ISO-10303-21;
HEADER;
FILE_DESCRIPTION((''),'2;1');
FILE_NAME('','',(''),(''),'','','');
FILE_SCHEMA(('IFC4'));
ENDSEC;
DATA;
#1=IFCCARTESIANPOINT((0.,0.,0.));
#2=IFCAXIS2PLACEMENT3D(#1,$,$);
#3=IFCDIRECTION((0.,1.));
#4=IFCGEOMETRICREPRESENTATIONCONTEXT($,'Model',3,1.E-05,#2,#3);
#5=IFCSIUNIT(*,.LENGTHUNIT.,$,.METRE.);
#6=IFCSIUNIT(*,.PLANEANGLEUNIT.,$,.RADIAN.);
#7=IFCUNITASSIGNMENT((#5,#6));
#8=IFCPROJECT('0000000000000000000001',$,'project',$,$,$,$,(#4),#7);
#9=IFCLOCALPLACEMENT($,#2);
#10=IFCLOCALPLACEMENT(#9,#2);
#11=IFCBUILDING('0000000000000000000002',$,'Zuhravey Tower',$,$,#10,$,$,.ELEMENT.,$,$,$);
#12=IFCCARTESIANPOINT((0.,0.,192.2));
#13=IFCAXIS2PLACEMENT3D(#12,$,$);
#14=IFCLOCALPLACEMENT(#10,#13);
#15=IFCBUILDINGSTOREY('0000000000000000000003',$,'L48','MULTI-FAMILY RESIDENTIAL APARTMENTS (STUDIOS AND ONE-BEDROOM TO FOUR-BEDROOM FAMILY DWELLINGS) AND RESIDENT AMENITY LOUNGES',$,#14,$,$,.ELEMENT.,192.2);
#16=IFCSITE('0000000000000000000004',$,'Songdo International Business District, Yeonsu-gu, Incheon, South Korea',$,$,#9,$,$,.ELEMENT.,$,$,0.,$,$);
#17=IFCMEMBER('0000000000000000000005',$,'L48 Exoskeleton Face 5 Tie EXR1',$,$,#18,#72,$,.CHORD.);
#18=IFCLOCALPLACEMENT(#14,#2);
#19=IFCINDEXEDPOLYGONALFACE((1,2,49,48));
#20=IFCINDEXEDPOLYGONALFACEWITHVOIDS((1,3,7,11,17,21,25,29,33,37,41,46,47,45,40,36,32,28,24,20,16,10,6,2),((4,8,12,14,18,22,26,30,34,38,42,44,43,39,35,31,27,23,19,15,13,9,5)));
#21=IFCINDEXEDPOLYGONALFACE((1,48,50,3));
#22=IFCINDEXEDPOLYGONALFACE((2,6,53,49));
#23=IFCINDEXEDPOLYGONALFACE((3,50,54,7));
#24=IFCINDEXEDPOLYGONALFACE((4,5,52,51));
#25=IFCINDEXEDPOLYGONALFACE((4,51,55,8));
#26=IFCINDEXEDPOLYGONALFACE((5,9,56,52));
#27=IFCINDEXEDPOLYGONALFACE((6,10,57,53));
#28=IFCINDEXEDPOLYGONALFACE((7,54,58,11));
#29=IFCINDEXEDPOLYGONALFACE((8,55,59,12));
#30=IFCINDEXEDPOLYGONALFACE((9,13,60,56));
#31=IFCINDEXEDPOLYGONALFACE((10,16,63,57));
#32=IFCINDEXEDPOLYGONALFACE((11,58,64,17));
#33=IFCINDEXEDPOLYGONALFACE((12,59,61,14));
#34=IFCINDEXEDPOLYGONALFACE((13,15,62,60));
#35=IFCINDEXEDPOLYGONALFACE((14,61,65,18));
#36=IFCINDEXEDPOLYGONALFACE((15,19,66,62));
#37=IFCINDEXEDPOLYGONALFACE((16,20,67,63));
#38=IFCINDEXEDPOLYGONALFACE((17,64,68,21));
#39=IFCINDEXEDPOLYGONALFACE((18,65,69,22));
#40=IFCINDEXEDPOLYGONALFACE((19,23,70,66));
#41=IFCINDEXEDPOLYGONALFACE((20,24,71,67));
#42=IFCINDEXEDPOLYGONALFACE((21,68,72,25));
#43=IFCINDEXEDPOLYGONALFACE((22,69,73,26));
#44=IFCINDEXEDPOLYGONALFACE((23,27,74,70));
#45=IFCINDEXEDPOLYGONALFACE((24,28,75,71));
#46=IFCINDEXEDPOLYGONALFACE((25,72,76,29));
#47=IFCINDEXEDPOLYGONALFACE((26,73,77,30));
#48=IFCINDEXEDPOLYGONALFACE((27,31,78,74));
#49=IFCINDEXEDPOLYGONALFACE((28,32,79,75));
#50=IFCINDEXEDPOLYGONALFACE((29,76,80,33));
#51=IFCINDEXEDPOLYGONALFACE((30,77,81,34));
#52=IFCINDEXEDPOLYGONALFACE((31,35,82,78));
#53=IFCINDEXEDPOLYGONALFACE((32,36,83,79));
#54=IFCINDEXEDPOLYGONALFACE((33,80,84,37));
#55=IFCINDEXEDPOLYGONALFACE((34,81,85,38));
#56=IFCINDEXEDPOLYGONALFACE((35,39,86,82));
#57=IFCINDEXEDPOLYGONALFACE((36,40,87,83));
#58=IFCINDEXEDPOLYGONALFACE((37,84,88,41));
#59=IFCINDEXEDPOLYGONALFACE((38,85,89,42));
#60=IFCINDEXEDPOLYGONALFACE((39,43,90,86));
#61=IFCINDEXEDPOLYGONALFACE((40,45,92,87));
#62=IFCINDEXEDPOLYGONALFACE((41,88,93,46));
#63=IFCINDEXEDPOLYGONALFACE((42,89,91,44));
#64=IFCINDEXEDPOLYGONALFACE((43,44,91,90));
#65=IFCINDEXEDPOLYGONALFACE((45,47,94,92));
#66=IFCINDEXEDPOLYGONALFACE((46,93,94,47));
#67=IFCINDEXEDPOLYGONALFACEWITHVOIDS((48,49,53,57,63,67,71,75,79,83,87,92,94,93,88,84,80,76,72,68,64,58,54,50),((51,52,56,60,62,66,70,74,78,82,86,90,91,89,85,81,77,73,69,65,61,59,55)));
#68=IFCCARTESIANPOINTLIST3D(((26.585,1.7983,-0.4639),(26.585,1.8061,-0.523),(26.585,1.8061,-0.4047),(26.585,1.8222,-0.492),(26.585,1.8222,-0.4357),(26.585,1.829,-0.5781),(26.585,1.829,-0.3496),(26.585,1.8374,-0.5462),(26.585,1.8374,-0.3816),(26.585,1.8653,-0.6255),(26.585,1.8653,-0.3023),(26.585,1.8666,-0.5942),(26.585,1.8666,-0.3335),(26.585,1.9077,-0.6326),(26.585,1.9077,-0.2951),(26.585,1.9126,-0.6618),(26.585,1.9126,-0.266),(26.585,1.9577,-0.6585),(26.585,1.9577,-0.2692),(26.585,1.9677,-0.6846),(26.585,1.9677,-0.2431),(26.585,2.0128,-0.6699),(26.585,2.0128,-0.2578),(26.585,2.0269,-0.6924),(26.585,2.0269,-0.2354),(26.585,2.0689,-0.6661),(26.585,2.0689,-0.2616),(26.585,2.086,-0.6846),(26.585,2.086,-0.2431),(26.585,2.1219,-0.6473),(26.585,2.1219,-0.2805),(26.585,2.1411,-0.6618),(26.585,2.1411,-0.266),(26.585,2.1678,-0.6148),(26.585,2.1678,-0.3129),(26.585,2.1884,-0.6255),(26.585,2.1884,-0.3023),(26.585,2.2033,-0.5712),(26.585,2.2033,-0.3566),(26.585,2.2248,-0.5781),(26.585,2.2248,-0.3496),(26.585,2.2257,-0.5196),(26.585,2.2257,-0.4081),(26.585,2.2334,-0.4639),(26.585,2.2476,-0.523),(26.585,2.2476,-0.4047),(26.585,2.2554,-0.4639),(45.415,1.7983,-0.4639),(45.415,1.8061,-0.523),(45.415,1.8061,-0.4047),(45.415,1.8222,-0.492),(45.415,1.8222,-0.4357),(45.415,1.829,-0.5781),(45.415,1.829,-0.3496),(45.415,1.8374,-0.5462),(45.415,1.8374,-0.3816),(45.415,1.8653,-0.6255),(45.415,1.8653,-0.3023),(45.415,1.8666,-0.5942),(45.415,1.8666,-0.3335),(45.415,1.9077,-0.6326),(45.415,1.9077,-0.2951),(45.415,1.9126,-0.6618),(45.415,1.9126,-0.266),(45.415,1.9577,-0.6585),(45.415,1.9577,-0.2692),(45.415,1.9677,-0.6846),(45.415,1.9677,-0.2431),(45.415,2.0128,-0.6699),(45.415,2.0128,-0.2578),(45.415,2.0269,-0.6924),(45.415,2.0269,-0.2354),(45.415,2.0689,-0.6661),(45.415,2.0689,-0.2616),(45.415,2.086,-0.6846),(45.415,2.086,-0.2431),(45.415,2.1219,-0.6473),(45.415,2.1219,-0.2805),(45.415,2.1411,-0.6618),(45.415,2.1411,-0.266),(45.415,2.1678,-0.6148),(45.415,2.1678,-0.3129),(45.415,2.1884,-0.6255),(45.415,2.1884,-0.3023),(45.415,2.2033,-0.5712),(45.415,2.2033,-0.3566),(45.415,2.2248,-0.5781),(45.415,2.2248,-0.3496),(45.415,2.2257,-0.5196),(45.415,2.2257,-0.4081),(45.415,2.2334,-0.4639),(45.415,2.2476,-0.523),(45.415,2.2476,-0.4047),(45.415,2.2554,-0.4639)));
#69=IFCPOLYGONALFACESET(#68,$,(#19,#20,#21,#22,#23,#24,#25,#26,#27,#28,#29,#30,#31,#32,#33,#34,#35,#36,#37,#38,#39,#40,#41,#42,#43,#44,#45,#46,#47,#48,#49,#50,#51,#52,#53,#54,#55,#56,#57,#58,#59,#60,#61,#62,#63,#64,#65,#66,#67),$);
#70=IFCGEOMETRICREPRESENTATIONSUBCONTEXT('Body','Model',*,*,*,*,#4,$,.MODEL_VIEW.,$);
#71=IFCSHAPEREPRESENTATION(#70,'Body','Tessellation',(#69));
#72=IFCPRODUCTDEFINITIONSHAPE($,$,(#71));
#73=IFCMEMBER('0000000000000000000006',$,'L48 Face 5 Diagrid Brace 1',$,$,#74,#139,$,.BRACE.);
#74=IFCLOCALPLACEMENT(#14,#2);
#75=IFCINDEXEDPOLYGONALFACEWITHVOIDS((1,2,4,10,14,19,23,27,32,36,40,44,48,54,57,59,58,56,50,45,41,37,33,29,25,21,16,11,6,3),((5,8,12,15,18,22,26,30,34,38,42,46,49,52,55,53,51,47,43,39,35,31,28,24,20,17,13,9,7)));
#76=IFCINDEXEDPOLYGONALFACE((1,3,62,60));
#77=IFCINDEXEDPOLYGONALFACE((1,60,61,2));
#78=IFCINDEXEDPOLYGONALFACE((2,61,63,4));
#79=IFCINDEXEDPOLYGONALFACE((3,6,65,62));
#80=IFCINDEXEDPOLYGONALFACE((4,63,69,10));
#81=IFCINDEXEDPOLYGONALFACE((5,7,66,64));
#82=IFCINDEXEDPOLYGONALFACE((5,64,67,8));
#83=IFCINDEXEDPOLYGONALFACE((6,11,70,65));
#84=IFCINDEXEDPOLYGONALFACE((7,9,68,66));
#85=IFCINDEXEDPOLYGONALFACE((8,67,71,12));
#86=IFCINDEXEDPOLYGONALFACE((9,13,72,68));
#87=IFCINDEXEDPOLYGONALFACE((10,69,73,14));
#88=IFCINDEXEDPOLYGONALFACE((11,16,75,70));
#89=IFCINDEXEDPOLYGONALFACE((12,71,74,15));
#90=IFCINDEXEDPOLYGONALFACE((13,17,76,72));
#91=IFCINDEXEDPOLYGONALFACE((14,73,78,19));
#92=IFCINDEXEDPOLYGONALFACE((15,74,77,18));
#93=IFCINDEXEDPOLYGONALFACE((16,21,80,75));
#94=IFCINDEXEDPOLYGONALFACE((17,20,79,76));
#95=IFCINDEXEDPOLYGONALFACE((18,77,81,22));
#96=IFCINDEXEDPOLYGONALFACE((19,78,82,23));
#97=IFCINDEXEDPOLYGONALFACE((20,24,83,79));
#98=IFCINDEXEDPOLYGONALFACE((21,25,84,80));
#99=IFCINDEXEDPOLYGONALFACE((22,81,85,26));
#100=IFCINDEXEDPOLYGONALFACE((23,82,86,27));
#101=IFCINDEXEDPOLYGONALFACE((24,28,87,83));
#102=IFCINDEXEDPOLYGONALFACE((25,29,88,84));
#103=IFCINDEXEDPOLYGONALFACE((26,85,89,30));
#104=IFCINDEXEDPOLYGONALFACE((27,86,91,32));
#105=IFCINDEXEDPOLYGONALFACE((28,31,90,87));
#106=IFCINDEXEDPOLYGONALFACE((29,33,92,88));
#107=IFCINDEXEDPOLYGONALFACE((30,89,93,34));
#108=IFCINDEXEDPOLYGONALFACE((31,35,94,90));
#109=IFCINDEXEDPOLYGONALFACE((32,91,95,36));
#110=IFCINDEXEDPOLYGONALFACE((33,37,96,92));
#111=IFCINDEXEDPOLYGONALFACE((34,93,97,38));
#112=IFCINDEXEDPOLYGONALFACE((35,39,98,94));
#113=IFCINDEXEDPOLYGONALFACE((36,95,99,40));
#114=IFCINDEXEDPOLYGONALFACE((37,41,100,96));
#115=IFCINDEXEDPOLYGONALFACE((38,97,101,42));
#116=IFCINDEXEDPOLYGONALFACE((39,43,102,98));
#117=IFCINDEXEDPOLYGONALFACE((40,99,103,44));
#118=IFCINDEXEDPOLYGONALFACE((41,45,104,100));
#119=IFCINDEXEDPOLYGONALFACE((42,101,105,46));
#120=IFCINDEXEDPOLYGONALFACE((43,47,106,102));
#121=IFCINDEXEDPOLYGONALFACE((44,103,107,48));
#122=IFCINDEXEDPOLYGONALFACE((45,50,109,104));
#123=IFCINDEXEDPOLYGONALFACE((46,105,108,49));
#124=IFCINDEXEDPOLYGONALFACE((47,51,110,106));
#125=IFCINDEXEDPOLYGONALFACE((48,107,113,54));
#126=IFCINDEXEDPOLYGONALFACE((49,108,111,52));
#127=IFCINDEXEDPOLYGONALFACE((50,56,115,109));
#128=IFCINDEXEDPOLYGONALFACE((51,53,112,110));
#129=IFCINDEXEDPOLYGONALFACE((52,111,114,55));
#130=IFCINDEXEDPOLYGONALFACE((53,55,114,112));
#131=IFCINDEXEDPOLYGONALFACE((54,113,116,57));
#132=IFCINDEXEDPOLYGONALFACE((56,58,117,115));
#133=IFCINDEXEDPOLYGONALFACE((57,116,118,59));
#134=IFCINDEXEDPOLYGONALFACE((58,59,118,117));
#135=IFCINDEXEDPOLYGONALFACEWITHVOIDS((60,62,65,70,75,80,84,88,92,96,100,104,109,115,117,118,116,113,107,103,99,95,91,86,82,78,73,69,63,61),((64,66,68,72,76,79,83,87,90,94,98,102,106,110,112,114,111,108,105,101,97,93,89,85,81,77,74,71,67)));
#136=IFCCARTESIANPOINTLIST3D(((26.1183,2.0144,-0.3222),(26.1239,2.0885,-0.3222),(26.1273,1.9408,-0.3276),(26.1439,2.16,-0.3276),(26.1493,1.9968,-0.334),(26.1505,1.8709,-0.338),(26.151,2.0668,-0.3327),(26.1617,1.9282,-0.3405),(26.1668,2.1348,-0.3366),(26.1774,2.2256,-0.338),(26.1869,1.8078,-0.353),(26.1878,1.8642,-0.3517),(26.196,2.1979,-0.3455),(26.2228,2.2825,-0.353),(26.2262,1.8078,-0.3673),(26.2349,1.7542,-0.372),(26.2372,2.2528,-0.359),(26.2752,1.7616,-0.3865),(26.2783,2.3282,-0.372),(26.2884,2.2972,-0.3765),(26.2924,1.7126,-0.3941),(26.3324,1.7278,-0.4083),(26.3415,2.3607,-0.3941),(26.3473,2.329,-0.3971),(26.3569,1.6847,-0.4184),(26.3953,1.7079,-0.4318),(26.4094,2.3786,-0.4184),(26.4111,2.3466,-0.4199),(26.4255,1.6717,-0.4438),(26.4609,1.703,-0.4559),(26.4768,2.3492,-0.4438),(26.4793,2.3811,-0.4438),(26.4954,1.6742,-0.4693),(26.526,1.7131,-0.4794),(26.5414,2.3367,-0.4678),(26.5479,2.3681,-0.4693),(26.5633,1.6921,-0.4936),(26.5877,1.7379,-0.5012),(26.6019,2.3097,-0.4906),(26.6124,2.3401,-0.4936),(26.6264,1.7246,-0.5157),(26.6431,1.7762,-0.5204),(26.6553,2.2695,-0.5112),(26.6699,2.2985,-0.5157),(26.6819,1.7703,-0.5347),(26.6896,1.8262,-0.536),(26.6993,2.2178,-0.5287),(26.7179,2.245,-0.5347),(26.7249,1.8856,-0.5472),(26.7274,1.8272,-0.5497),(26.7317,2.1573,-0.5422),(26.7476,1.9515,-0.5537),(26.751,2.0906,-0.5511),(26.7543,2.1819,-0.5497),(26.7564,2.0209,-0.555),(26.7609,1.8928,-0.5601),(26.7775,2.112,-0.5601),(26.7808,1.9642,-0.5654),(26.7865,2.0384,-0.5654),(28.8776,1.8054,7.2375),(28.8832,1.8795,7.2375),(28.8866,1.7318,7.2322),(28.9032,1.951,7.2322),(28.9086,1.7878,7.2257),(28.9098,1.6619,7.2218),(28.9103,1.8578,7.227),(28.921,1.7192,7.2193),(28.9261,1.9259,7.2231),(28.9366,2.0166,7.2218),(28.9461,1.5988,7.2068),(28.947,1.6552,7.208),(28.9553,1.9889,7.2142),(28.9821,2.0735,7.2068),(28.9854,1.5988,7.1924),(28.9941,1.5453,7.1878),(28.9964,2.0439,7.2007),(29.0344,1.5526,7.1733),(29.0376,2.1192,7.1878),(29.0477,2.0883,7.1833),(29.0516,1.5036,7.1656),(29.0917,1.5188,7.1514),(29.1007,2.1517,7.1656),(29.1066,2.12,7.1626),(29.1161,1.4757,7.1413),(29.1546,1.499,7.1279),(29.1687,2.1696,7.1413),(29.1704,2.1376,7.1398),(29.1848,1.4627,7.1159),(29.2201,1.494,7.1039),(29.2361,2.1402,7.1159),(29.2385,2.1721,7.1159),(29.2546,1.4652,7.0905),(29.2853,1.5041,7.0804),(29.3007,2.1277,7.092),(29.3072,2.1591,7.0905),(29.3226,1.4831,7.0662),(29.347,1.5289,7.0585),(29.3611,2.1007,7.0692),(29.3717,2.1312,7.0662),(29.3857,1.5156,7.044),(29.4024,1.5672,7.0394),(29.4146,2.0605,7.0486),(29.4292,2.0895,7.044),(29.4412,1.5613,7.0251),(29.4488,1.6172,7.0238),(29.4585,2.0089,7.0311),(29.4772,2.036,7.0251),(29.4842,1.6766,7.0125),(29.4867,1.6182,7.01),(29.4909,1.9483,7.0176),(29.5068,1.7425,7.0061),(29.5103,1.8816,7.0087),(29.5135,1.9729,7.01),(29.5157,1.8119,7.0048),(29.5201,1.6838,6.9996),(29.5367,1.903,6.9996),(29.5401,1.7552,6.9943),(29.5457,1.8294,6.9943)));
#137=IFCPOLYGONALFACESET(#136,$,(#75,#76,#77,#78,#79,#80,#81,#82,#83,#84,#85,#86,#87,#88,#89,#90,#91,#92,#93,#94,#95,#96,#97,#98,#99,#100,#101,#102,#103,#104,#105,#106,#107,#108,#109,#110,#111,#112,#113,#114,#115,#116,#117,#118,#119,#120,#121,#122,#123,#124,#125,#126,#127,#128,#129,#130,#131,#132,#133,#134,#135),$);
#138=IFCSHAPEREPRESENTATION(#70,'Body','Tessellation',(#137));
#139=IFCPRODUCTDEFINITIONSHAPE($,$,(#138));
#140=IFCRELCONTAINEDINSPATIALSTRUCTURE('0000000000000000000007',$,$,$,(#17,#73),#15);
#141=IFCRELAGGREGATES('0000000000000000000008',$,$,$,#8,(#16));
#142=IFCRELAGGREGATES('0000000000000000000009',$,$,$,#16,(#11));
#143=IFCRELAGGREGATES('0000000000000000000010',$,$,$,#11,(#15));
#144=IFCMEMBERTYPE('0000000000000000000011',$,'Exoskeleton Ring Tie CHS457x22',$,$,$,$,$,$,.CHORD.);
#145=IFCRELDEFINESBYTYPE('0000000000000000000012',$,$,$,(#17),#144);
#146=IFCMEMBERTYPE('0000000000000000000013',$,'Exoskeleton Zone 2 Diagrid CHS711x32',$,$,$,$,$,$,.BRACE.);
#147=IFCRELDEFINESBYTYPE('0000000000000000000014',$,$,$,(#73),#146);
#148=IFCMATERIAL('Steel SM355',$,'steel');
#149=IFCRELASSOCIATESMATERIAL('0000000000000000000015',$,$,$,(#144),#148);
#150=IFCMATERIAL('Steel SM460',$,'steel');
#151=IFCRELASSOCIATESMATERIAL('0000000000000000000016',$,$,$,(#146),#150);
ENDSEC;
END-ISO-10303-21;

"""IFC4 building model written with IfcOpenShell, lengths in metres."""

from ifc_helpers import new_model, si_unit, direction, frame, origin, origin_2d, place, context, subcontext, project, spatial, hollow_circle, extrude, material, material_profile, profile_set, type_object, element, save


model = new_model("IFC4")

# Units and contexts
model_context = context("Model", 3, precision=1e-05, world=origin(), true_north=direction((0.0, 1.0)))
body_context = subcontext(model_context, "Body", "Model", "MODEL_VIEW")
ifc_project = project(units=[si_unit("LENGTHUNIT", "METRE"), si_unit("PLANEANGLEUNIT", "RADIAN")], contexts=[model_context])

# Site, building, storey
site_placement = place(None, origin())
site = spatial("IfcSite", under=ifc_project, at=site_placement, Name="Songdo International Business District, Yeonsu-gu, Incheon, South Korea", CompositionType="ELEMENT", RefElevation=0.0)
building_placement = place(site_placement, origin())
building = spatial("IfcBuilding", under=site, at=building_placement, Name="Zuhravey Tower", CompositionType="ELEMENT")
storey_placement = place(building_placement, frame((0.0, 0.0, 192.2)))
storey = spatial("IfcBuildingStorey", under=building, at=storey_placement, Name="L48", Description="MULTI-FAMILY RESIDENTIAL APARTMENTS (STUDIOS AND ONE-BEDROOM TO FOUR-BEDROOM FAMILY DWELLINGS) AND RESIDENT AMENITY LOUNGES", CompositionType="ELEMENT", Elevation=192.2)

# Members
ifc_material_1 = material(Name="Steel SM355", Category="steel")
ifc_material_profile_1 = material_profile(ifc_material_1, hollow_circle(Radius=0.2285, WallThickness=0.022, at=origin_2d()), Name="CHS-457.2x22")
ifc_profile_set_1 = profile_set([ifc_material_profile_1], Name="Steel SM355")
member_type_1 = type_object("IfcMemberType", Name="Exoskeleton Ring Tie CHS457x22", PredefinedType="CHORD", material=ifc_profile_set_1)
member_1_placement = place(storey_placement, frame((26.585, 2.0269, -0.4639), z_axis=(1.0, 0.0, 0.0), x_axis=(0.0, 1.0, 0.0)))
element("IfcMember", 1, at=member_1_placement, inside=storey, type_object=member_type_1, Name="L48 Exoskeleton Face 5 Tie EXR1", PredefinedType="CHORD", context=body_context, shape_type="SweptSolid", body=[
    extrude(hollow_circle(Radius=0.2285, WallThickness=0.022, at=origin_2d()), origin(), (0.0, 0.0, 1.0), 18.8301),
])
ifc_material_2 = material(Name="Steel SM460", Category="steel")
ifc_material_profile_2 = material_profile(ifc_material_2, hollow_circle(Radius=0.3557, WallThickness=0.032, at=origin_2d()), Name="CHS-711.2x32")
ifc_profile_set_2 = profile_set([ifc_material_profile_2], Name="Steel SM460")
member_type_2 = type_object("IfcMemberType", Name="Exoskeleton Zone 2 Diagrid CHS711x32", PredefinedType="BRACE", material=ifc_profile_set_2)
member_2_placement = place(storey_placement, frame((26.4524, 2.0264, -0.4438), z_axis=(0.342753, -0.02596, 0.939067), x_axis=(0.075523, 0.997144, 0.0)))
element("IfcMember", 2, at=member_2_placement, inside=storey, type_object=member_type_2, Name="L48 Face 5 Diagrid Brace 1", PredefinedType="BRACE", context=body_context, shape_type="SweptSolid", body=[
    extrude(hollow_circle(Radius=0.3557, WallThickness=0.032, at=origin_2d()), origin(), (0.0, 0.0, 1.0), 8.0503),
])

save(model, "model.ifc")
